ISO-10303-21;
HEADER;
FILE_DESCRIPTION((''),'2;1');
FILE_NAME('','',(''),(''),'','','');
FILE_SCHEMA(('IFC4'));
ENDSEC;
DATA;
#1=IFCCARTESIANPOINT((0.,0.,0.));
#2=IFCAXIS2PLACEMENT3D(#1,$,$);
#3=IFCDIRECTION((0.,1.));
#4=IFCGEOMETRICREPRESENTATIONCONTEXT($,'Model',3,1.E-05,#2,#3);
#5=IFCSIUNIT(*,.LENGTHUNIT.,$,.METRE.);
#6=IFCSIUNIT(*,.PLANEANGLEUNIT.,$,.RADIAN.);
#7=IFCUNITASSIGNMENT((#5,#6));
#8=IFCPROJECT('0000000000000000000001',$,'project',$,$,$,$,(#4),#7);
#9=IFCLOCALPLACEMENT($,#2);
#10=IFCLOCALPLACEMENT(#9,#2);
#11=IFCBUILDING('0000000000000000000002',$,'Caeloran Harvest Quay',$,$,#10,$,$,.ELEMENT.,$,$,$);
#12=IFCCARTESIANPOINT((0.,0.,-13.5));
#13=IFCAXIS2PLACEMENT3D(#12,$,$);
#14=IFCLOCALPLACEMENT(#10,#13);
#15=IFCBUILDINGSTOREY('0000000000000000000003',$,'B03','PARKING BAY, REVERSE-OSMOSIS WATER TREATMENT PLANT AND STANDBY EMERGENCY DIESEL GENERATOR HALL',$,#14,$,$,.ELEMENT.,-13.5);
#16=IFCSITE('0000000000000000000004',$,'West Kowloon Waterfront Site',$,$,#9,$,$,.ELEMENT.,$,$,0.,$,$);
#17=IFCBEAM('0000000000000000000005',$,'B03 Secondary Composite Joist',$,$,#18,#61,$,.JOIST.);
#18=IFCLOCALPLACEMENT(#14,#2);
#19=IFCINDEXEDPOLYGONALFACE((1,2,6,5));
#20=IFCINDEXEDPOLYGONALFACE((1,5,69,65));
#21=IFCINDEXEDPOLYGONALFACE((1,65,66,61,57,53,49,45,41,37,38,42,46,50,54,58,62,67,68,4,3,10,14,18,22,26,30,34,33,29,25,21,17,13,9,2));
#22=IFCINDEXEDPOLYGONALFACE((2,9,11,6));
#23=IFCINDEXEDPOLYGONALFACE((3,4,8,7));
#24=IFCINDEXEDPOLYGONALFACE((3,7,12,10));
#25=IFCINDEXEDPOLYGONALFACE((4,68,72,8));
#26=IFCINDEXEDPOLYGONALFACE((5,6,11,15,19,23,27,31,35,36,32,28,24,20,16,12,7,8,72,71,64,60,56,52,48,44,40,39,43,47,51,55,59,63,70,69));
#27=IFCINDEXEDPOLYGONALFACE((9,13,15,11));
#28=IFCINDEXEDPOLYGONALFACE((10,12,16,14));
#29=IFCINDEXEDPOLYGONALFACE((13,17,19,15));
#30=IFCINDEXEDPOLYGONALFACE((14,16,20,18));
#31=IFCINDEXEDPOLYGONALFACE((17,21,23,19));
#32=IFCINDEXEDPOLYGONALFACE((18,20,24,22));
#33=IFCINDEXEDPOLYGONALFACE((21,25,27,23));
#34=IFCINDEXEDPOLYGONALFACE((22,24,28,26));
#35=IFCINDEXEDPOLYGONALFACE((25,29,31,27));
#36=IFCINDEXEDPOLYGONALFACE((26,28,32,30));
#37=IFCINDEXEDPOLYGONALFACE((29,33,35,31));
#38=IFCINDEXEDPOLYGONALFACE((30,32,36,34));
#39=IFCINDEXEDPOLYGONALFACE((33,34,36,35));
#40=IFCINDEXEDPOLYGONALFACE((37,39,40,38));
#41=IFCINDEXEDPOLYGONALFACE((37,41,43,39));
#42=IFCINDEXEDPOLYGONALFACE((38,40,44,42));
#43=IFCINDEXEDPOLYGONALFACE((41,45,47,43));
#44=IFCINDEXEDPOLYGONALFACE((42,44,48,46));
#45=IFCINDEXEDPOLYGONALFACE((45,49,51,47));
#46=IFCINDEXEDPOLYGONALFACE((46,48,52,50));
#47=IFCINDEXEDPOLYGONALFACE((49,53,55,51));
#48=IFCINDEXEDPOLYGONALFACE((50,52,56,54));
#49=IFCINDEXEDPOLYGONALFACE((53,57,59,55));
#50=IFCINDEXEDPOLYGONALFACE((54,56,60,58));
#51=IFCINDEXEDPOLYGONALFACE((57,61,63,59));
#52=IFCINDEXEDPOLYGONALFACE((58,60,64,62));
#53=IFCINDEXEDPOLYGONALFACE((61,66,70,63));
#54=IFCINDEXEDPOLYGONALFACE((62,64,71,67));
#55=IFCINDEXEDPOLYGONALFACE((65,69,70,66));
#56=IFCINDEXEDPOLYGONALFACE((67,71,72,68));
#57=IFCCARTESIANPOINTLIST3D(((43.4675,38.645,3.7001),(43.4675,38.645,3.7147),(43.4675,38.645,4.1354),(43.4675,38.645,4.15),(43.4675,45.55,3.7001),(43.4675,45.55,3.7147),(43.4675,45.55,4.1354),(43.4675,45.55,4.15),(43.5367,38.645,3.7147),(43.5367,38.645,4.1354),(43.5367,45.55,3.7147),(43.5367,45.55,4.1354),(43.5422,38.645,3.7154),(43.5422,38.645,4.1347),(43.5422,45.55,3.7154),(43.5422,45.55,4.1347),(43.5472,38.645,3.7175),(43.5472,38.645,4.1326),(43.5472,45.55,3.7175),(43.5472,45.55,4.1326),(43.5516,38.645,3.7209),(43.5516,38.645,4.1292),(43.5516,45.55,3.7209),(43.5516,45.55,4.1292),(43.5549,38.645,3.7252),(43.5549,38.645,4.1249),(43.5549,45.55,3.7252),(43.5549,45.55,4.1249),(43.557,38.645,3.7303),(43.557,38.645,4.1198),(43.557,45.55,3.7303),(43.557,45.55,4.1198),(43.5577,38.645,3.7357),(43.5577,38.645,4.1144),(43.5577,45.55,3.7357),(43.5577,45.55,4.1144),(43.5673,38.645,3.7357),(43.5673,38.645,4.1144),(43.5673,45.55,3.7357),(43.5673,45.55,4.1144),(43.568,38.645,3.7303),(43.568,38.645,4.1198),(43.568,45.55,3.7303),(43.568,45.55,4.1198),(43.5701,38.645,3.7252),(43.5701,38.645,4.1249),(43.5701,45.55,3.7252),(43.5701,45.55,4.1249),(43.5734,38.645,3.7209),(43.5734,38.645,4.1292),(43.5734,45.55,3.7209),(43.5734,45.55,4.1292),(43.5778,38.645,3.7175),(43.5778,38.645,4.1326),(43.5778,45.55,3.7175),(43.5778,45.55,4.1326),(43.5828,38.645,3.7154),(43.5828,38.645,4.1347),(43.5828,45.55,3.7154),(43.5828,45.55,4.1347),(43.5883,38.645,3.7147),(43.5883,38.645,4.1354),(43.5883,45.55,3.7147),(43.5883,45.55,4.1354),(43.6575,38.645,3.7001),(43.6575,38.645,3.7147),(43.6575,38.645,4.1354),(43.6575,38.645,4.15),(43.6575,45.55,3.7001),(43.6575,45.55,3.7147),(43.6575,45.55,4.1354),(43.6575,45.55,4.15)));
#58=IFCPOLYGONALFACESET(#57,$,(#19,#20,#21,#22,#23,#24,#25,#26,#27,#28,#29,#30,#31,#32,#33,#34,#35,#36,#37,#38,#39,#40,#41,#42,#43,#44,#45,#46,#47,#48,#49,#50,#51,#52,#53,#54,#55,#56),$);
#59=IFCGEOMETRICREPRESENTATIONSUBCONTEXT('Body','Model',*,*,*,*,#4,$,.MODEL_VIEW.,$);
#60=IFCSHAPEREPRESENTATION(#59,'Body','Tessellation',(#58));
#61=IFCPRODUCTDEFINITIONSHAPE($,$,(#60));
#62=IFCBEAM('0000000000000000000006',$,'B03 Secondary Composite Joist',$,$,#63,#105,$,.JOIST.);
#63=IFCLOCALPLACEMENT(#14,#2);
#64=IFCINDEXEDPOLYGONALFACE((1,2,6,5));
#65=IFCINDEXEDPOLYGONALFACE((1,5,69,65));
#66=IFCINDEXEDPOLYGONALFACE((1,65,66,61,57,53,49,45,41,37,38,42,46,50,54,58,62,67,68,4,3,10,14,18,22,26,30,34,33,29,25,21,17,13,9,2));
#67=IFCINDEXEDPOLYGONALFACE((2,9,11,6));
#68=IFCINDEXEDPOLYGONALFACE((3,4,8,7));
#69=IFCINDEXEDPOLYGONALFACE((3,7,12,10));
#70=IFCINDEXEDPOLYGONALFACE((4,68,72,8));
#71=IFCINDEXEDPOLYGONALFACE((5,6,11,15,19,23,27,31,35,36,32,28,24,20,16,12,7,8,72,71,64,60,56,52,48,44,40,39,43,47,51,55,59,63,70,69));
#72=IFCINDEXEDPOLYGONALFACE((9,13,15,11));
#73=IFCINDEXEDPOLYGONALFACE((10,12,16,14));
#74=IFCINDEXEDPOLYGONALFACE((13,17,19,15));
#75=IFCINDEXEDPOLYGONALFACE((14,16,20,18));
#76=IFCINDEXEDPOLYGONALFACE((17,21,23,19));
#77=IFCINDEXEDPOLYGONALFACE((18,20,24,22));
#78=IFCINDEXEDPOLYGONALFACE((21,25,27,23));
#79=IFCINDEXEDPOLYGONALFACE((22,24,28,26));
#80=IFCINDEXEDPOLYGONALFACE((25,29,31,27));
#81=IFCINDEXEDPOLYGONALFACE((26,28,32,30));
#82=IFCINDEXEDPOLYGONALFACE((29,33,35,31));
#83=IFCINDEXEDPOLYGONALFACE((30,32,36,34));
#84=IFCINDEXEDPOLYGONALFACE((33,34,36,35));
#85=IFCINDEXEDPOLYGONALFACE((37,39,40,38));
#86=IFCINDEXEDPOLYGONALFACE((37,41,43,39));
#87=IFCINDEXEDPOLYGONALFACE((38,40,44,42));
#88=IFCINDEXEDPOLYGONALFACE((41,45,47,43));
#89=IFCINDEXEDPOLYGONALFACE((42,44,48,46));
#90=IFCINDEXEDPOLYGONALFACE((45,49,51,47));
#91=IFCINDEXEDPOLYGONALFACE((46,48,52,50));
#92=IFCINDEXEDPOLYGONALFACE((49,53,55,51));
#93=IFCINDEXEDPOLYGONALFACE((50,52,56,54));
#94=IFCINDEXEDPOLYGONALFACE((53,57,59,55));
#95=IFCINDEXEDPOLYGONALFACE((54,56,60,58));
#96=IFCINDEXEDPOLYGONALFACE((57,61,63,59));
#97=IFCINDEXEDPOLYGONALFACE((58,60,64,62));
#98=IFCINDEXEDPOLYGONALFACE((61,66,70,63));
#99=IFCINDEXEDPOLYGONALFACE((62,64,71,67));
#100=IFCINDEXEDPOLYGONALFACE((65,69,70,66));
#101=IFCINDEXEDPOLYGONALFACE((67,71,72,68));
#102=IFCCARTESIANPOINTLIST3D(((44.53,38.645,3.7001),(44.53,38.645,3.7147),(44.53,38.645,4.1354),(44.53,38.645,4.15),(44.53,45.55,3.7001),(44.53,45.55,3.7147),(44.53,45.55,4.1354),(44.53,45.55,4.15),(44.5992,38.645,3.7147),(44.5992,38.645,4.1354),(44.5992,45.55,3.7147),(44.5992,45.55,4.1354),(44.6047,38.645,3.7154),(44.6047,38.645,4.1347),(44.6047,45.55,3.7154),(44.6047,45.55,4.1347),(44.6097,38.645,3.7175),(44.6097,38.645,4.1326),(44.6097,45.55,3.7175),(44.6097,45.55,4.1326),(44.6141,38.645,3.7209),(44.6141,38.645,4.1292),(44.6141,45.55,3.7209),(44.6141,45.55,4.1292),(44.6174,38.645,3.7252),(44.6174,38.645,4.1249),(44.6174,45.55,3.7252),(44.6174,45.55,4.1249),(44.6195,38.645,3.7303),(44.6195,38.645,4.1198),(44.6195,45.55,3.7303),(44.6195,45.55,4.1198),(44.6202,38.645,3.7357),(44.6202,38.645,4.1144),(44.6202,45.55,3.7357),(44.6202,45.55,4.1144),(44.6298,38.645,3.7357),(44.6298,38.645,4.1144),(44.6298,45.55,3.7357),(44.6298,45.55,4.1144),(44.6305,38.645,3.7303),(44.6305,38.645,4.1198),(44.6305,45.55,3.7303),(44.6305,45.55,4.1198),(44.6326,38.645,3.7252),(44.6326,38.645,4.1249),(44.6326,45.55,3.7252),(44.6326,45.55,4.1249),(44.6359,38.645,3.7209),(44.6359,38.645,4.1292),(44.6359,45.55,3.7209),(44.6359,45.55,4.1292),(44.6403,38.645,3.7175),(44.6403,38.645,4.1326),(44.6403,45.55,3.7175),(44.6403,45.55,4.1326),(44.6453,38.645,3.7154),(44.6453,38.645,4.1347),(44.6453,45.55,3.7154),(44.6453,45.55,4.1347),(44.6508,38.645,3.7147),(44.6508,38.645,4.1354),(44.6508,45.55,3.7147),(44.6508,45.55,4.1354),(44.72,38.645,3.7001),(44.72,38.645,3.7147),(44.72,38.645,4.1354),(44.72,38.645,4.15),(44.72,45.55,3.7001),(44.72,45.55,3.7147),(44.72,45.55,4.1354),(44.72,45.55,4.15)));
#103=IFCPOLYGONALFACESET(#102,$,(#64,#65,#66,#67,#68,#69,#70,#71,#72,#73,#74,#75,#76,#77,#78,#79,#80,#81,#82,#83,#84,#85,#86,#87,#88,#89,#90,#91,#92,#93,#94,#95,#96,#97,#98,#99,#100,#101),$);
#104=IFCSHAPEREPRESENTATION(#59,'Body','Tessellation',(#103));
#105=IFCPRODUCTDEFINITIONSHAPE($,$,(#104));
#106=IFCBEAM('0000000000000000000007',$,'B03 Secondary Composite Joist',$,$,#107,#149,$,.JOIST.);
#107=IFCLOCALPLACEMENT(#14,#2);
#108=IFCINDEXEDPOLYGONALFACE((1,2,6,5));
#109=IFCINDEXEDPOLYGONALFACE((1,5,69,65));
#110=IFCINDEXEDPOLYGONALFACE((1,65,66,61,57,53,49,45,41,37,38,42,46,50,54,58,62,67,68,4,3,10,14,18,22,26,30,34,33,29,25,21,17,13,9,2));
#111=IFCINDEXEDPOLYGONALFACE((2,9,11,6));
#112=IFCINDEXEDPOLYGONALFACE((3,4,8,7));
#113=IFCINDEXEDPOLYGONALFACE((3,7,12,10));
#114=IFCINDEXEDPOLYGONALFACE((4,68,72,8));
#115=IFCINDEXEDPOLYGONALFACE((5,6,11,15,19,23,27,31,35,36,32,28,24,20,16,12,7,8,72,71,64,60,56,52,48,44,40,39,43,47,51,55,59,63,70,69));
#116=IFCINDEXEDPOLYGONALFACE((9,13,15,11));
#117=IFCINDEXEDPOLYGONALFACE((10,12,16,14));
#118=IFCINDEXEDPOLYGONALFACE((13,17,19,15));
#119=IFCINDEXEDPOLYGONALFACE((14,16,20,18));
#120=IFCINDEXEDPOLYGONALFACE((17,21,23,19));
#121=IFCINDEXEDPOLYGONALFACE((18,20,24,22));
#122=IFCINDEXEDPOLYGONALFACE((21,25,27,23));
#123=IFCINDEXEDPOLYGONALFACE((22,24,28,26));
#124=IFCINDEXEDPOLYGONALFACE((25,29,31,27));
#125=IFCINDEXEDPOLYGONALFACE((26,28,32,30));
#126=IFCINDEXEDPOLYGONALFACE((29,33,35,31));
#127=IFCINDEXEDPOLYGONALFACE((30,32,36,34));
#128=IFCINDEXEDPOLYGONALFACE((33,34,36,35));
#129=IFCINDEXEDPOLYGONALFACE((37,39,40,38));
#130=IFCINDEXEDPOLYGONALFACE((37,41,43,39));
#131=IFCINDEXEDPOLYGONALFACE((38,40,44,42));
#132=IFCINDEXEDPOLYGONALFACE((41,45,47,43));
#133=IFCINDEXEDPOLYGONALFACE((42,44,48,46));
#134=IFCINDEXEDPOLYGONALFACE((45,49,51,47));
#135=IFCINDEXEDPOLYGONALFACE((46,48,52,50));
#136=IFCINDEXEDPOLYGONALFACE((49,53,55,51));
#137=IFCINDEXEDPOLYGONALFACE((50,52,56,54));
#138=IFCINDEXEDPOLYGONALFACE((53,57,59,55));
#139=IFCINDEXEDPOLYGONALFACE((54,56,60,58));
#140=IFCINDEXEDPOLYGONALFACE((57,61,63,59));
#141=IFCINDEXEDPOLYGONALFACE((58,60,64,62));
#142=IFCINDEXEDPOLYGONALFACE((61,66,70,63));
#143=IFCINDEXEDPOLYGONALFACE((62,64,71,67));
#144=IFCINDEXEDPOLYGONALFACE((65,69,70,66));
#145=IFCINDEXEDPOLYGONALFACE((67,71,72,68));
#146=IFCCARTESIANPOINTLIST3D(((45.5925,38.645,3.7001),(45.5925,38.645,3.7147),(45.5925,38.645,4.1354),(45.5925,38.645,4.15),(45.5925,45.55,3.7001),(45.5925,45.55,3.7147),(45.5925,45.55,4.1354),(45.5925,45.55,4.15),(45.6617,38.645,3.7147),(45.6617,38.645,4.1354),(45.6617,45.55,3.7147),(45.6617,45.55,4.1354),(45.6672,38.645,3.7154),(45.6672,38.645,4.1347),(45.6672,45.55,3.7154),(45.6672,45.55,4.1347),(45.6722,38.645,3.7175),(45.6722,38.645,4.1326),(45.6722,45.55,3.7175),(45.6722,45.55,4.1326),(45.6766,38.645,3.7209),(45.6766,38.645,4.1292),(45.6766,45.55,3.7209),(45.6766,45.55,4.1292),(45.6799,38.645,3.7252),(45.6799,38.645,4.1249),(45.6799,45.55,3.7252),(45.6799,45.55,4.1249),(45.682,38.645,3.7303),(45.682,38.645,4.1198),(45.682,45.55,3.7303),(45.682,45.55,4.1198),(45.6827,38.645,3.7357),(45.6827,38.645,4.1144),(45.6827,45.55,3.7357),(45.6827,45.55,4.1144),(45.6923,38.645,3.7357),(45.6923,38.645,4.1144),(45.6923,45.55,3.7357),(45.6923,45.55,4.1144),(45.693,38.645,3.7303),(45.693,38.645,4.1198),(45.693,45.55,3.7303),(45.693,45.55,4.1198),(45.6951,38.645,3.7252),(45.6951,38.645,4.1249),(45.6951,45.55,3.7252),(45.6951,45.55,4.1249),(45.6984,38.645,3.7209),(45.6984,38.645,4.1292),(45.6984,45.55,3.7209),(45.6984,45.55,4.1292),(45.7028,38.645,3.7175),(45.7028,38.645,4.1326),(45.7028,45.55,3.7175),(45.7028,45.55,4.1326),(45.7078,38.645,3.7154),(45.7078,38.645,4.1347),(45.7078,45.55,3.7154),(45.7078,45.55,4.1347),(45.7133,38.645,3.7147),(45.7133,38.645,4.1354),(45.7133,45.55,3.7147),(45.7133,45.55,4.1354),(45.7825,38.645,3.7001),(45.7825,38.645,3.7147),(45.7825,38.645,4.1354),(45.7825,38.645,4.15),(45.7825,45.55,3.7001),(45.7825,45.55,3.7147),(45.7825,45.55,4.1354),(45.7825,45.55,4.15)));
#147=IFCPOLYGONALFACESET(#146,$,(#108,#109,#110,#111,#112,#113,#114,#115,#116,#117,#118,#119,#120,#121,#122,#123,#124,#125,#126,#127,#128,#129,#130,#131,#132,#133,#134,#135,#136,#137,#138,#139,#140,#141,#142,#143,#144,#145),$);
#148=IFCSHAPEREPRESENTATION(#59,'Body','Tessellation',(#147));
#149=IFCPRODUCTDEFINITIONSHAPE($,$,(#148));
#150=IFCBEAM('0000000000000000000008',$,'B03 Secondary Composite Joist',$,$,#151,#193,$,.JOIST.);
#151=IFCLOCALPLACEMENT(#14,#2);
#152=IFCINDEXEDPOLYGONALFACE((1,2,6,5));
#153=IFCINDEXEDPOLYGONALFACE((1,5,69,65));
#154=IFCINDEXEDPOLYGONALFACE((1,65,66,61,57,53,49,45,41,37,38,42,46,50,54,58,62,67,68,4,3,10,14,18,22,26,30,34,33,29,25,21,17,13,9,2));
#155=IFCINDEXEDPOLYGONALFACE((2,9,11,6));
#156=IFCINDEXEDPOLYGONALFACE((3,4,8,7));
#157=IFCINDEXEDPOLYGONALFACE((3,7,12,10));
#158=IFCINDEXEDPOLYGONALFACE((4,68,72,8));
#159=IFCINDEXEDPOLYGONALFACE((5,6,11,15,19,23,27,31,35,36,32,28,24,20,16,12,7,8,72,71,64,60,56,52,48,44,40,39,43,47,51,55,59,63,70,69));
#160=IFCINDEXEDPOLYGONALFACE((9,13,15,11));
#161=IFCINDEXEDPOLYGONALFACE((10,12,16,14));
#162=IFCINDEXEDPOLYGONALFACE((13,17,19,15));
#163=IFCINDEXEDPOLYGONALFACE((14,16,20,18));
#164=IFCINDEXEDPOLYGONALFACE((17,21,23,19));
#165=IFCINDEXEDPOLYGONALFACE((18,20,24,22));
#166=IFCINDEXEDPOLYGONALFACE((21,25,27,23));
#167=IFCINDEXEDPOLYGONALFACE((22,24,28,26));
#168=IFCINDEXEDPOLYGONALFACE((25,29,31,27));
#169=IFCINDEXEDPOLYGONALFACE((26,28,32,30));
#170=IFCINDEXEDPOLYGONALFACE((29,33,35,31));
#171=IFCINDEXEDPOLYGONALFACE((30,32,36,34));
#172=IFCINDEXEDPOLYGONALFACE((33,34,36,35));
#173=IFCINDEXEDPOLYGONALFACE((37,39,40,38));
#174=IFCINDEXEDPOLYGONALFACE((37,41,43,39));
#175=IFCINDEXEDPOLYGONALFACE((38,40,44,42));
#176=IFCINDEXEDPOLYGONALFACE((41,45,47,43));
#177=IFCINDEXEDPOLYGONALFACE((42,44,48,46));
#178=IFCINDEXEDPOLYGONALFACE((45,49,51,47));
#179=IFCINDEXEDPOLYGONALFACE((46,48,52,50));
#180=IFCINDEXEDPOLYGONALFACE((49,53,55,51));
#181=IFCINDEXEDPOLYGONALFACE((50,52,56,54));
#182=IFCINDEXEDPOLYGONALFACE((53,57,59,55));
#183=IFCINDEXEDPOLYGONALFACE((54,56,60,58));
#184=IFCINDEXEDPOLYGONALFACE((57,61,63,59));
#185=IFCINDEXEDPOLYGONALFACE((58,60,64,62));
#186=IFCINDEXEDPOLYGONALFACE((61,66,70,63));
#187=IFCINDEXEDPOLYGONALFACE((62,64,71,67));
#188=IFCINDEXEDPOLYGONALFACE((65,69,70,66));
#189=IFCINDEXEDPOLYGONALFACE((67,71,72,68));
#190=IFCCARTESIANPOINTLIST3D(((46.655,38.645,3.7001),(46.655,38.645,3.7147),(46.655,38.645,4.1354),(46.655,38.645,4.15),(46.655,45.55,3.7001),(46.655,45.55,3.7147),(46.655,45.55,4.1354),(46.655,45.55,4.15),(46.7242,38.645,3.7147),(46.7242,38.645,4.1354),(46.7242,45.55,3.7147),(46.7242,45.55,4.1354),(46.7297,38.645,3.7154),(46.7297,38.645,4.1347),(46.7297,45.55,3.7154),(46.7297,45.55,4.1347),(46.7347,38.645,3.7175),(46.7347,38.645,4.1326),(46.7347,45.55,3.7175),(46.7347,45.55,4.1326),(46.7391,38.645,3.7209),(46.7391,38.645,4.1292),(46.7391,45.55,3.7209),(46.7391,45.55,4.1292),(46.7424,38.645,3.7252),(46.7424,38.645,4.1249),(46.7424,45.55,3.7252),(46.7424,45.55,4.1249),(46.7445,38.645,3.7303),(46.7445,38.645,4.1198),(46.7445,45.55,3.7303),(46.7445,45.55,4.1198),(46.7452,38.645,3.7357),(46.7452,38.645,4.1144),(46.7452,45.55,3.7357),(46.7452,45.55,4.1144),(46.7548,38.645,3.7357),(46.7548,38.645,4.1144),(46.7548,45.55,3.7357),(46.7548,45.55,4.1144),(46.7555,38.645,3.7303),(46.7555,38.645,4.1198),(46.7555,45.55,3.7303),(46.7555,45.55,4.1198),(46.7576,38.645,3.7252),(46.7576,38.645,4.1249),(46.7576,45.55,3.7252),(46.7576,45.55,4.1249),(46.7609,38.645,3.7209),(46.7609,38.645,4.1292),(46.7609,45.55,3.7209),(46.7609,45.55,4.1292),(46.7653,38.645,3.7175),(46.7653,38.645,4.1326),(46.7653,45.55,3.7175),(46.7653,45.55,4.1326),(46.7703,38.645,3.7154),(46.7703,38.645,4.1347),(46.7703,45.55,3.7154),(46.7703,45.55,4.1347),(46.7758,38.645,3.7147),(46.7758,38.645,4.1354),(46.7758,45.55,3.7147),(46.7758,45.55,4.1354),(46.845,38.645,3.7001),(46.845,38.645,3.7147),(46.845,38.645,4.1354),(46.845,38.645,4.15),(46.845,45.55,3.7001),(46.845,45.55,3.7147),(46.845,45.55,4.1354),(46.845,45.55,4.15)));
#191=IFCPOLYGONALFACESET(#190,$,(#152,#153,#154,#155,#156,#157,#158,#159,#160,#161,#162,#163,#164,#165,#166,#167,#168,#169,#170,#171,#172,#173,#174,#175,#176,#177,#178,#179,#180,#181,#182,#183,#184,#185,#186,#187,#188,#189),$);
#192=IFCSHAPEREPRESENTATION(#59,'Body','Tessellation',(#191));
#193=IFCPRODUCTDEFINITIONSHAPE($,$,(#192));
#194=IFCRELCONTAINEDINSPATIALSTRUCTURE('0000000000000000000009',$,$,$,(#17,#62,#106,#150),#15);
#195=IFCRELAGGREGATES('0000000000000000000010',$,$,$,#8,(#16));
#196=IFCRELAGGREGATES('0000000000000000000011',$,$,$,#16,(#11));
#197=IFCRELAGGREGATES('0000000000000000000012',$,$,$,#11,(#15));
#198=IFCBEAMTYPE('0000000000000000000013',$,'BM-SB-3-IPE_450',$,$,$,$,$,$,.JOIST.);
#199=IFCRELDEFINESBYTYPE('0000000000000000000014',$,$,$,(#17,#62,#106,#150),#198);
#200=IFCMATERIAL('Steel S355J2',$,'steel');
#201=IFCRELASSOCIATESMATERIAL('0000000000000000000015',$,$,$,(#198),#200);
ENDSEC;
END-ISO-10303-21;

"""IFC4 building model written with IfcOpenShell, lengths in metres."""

from ifc_helpers import new_model, si_unit, direction, frame, origin, origin_2d, place, context, subcontext, project, spatial, i_section, extrude, material, material_profile, profile_set, type_object, element, save


model = new_model("IFC4")

# Units and contexts
model_context = context("Model", 3, precision=1e-05, world=origin(), true_north=direction((0.0, 1.0)))
body_context = subcontext(model_context, "Body", "Model", "MODEL_VIEW")
ifc_project = project(units=[si_unit("LENGTHUNIT", "METRE"), si_unit("PLANEANGLEUNIT", "RADIAN")], contexts=[model_context])

# Site, building, storey
site_placement = place(None, origin())
site = spatial("IfcSite", under=ifc_project, at=site_placement, Name="West Kowloon Waterfront Site", CompositionType="ELEMENT", RefElevation=0.0)
building_placement = place(site_placement, origin())
building = spatial("IfcBuilding", under=site, at=building_placement, Name="Caeloran Harvest Quay", CompositionType="ELEMENT")
storey_placement = place(building_placement, frame((0.0, 0.0, -13.5)))
storey = spatial("IfcBuildingStorey", under=building, at=storey_placement, Name="B03", Description="PARKING BAY, REVERSE-OSMOSIS WATER TREATMENT PLANT AND STANDBY EMERGENCY DIESEL GENERATOR HALL", CompositionType="ELEMENT", Elevation=-13.5)

# Beams
ifc_material_1 = material(Name="Steel S355J2", Category="steel")
ifc_material_profile_1 = material_profile(ifc_material_1, i_section(OverallWidth=0.1899, OverallDepth=0.45, WebThickness=0.0095, FlangeThickness=0.0146, FilletRadius=0.021, at=origin_2d()), Name="IPE 450")
ifc_profile_set_1 = profile_set([ifc_material_profile_1], Name="Steel S355J2")
beam_type_1 = type_object("IfcBeamType", Name="BM-SB-3-IPE_450", PredefinedType="JOIST", material=ifc_profile_set_1)
for number, where, z_axis, x_axis, name in (
    (1, (43.5625, 38.645, 3.925), (0.0, 1.0, 0.0), (-1.0, 0.0, 0.0), "B03 Secondary Composite Joist"),
    (2, (44.625, 38.645, 3.925), (0.0, 1.0, 0.0), (-1.0, 0.0, 0.0), "B03 Secondary Composite Joist"),
    (3, (45.6875, 38.645, 3.925), (0.0, 1.0, 0.0), (-1.0, 0.0, 0.0), "B03 Secondary Composite Joist"),
    (4, (46.75, 38.645, 3.925), (0.0, 1.0, 0.0), (-1.0, 0.0, 0.0), "B03 Secondary Composite Joist"),
):
    element("IfcBeam", number, at=place(storey_placement, frame(where, z_axis=z_axis, x_axis=x_axis)), inside=storey, type_object=beam_type_1, Name=name, PredefinedType="JOIST", context=body_context, shape_type="SweptSolid", body=[
        extrude(i_section(OverallWidth=0.1899, OverallDepth=0.45, WebThickness=0.0095, FlangeThickness=0.0146, FilletRadius=0.021, at=origin_2d()), origin(), (0.0, 0.0, 1.0), 6.905),
    ])

save(model, "model.ifc")
